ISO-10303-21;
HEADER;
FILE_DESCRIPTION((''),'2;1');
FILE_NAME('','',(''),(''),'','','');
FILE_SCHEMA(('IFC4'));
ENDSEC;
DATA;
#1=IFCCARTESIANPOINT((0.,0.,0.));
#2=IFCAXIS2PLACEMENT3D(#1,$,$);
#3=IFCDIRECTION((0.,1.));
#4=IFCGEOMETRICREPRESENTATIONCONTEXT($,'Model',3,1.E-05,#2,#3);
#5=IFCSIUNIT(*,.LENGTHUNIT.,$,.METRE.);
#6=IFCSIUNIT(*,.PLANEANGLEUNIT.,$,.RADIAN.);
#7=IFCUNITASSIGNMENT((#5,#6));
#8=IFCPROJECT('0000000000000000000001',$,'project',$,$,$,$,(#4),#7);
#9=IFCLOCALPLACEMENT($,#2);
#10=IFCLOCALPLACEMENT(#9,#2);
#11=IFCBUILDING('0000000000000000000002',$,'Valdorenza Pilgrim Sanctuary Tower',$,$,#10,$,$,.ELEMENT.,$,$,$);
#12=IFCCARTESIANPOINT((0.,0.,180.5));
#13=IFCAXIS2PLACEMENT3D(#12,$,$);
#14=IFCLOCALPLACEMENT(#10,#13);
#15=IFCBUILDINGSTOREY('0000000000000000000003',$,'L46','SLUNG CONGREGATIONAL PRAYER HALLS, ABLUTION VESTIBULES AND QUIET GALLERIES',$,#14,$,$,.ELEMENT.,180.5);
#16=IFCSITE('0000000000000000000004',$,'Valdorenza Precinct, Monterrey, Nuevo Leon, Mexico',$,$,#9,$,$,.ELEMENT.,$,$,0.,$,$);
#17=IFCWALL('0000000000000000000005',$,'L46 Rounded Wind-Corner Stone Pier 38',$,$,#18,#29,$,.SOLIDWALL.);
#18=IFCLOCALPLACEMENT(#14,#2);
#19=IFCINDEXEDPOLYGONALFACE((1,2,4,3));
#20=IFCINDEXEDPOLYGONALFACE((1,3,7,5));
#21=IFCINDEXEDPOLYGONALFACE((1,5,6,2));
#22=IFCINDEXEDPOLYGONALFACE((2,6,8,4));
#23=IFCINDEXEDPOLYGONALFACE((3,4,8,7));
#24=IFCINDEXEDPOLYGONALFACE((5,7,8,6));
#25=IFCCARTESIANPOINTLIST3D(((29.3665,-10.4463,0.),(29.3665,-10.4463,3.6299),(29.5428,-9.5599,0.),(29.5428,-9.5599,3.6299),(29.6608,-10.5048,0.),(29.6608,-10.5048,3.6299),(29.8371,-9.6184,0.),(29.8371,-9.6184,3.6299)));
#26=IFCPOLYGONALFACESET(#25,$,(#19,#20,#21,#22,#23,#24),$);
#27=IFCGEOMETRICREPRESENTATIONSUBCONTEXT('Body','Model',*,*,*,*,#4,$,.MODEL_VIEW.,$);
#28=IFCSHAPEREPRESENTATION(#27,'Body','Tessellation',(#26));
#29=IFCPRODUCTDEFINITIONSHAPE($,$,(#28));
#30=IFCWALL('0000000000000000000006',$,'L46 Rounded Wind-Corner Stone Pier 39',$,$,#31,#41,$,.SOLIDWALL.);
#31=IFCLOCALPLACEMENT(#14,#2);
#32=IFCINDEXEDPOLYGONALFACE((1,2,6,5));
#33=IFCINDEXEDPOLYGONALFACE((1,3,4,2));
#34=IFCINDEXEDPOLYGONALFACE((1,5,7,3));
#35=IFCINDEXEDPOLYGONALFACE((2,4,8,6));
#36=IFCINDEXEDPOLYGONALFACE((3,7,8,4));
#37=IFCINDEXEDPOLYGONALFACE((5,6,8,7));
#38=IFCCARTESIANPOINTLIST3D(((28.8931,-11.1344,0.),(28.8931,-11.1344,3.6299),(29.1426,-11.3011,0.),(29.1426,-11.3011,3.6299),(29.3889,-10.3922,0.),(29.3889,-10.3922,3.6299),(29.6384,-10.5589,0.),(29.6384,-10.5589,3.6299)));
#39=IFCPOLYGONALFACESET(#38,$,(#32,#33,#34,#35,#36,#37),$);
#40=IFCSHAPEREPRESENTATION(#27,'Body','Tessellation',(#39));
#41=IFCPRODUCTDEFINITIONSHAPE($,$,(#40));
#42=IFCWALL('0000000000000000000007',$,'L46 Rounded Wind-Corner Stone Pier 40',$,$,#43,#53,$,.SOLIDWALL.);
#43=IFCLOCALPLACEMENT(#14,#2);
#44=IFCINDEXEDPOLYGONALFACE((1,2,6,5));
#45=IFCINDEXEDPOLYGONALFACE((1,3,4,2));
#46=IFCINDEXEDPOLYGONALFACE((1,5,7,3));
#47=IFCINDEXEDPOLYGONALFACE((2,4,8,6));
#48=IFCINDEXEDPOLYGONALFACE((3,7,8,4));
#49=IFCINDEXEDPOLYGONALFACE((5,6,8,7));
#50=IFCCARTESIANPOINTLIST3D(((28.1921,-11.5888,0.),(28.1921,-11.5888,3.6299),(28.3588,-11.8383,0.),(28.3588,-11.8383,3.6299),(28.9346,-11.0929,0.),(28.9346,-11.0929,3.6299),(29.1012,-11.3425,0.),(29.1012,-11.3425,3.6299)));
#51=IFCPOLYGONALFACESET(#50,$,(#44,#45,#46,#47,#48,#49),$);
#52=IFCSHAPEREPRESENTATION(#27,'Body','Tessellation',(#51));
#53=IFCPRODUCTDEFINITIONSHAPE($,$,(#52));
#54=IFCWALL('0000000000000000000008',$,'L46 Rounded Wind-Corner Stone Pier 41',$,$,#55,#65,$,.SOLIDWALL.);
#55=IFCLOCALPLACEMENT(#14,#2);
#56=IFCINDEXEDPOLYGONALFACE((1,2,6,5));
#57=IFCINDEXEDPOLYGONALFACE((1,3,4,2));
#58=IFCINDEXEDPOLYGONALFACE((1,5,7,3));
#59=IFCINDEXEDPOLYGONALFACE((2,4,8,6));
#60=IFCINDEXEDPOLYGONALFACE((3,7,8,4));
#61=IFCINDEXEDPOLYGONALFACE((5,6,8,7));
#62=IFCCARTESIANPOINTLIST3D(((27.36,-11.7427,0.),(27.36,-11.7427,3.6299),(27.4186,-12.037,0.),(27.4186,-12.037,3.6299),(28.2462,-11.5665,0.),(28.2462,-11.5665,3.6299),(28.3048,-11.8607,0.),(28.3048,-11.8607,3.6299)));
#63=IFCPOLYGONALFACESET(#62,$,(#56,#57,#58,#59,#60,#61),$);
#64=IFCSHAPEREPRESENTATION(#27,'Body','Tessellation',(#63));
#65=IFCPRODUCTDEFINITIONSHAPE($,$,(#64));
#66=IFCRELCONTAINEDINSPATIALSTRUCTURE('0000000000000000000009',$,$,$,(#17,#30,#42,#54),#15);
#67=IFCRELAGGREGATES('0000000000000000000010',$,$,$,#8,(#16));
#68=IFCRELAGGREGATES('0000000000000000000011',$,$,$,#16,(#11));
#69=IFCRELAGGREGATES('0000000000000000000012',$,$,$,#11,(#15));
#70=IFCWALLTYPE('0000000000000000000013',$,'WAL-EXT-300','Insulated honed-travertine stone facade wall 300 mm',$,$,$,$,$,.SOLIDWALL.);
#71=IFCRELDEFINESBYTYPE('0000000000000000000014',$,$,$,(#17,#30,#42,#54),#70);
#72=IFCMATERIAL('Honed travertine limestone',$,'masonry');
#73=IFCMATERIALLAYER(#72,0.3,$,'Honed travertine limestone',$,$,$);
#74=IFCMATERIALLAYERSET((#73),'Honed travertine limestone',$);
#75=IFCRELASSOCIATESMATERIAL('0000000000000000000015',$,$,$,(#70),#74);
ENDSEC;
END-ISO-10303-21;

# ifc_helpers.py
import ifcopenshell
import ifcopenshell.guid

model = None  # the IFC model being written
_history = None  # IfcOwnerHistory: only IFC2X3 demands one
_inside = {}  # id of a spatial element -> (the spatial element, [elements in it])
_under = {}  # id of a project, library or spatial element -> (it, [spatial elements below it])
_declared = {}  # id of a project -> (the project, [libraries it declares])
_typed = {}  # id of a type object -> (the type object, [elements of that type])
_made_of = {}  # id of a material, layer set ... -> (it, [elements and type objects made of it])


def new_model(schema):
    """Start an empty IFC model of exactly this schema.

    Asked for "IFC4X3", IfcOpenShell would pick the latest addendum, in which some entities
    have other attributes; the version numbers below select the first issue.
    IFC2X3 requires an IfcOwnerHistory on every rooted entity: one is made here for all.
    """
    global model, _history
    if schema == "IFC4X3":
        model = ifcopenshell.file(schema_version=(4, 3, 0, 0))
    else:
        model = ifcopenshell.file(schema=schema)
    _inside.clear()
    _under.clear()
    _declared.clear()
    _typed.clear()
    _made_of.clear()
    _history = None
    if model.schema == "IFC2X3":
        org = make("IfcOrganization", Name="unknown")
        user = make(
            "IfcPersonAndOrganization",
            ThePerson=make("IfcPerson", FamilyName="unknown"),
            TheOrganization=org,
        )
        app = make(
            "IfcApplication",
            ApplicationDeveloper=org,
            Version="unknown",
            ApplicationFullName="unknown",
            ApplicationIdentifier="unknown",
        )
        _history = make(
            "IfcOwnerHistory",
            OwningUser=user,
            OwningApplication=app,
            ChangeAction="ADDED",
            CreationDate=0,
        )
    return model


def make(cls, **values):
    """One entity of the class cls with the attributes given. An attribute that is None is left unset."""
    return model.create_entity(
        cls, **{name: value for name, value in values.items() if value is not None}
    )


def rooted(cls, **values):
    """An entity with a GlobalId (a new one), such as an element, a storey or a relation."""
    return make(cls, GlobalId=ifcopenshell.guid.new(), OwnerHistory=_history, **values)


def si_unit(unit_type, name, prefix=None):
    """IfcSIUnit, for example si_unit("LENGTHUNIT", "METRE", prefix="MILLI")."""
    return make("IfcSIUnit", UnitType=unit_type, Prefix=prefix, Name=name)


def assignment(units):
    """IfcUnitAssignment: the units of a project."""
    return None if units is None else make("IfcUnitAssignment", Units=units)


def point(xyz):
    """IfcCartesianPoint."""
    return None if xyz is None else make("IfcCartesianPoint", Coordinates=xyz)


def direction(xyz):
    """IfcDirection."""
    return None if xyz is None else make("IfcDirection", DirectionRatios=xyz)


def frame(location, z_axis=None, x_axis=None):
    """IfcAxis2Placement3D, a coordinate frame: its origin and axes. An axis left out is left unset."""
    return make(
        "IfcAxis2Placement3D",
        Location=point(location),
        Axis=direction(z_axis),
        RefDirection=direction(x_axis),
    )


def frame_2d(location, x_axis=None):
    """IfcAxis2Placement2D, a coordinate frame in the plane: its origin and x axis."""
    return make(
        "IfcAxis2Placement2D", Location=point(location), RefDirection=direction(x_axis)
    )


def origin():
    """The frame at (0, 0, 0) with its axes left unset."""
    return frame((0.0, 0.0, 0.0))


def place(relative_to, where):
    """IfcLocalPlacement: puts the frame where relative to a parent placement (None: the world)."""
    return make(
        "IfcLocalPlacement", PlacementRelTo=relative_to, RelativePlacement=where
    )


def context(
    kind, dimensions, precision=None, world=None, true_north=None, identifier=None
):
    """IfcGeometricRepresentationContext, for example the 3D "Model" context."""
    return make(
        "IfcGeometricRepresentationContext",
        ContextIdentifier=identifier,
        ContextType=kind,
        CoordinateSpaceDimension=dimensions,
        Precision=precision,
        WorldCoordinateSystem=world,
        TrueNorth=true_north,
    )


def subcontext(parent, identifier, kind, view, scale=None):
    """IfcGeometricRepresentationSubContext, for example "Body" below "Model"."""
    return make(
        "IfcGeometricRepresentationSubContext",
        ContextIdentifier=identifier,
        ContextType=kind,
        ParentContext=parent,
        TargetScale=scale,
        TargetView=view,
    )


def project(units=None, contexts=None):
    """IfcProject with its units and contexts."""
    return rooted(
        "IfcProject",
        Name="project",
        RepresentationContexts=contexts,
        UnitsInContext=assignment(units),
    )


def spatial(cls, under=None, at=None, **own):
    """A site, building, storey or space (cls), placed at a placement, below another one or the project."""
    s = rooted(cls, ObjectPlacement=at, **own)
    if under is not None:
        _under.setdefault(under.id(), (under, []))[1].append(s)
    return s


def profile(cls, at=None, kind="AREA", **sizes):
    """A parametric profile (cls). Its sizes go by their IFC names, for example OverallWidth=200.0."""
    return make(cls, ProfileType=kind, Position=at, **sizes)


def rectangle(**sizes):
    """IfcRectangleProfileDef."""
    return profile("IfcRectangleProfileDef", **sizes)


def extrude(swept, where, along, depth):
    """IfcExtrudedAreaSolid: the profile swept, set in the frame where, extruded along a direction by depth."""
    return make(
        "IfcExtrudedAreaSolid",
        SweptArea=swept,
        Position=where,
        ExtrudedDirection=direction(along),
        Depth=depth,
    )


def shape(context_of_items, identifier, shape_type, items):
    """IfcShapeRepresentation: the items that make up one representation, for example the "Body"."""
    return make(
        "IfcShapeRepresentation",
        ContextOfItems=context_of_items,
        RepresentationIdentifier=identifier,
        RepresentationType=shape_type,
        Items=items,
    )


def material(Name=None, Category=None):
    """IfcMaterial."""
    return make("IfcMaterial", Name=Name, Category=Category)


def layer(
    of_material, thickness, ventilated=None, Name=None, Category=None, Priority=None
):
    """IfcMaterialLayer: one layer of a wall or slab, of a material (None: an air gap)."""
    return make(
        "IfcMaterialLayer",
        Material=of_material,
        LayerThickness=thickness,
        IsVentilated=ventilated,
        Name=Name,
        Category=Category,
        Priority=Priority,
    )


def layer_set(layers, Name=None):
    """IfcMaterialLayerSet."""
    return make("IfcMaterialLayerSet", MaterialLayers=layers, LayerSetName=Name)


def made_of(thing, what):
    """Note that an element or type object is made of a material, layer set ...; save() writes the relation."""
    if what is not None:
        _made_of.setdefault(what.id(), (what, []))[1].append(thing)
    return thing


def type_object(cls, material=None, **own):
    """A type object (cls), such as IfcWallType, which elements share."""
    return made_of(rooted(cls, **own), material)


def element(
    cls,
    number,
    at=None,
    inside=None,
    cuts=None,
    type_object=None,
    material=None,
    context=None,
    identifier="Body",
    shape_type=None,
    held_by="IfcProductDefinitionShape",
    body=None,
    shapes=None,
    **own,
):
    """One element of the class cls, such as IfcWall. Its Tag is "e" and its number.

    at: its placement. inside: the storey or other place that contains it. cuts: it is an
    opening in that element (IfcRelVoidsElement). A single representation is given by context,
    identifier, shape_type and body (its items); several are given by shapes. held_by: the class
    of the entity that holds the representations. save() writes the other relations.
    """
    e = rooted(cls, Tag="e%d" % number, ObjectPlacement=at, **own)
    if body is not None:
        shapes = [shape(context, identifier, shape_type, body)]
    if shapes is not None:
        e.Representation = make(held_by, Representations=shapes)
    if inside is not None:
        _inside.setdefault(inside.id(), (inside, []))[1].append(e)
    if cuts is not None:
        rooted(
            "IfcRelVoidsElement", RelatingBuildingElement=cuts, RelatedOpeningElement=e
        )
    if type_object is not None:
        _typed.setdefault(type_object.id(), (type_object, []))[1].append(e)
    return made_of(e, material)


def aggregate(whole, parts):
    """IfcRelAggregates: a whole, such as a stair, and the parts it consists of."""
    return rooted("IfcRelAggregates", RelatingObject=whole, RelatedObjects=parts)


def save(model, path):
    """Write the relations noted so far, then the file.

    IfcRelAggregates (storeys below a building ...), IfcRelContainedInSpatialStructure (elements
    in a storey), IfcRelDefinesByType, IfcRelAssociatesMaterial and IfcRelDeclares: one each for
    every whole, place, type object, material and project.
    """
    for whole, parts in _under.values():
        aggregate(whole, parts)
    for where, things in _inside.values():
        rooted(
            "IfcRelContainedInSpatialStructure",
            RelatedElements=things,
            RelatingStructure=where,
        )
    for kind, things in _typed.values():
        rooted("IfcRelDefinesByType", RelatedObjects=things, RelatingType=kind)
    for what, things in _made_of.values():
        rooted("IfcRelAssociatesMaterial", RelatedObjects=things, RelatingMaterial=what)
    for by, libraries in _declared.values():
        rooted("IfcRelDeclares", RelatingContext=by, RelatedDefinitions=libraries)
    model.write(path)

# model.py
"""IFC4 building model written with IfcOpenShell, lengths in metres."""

from ifc_helpers import new_model, si_unit, direction, frame, frame_2d, origin, place, context, subcontext, project, spatial, rectangle, extrude, material, layer, layer_set, type_object, element, save


model = new_model("IFC4")

# Units and contexts
model_context = context("Model", 3, precision=1e-05, world=origin(), true_north=direction((0.0, 1.0)))
body_context = subcontext(model_context, "Body", "Model", "MODEL_VIEW")
ifc_project = project(units=[si_unit("LENGTHUNIT", "METRE"), si_unit("PLANEANGLEUNIT", "RADIAN")], contexts=[model_context])

# Site, building, storey
site_placement = place(None, origin())
site = spatial("IfcSite", under=ifc_project, at=site_placement, Name="Valdorenza Precinct, Monterrey, Nuevo Leon, Mexico", CompositionType="ELEMENT", RefElevation=0.0)
building_placement = place(site_placement, origin())
building = spatial("IfcBuilding", under=site, at=building_placement, Name="Valdorenza Pilgrim Sanctuary Tower", CompositionType="ELEMENT")
storey_placement = place(building_placement, frame((0.0, 0.0, 180.5)))
storey = spatial("IfcBuildingStorey", under=building, at=storey_placement, Name="L46", Description="SLUNG CONGREGATIONAL PRAYER HALLS, ABLUTION VESTIBULES AND QUIET GALLERIES", CompositionType="ELEMENT", Elevation=180.5)

# Shared definitions
ifc_material_1 = material(Name="Honed travertine limestone", Category="masonry")

# Walls
ifc_layer_1 = layer(ifc_material_1, 0.3, Name="Honed travertine limestone")
ifc_layer_set_1 = layer_set([ifc_layer_1], Name="Honed travertine limestone")
wall_type_1 = type_object("IfcWallType", Name="WAL-EXT-300", Description="Insulated honed-travertine stone facade wall 300 mm", PredefinedType="SOLIDWALL", material=ifc_layer_set_1)
wall_1_placement = place(storey_placement, frame((29.6899, -9.5891, 0.0), z_axis=(0.0, 0.0, 1.0), x_axis=(-0.195025, -0.980798, 0.0)))
element("IfcWall", 1, at=wall_1_placement, inside=storey, type_object=wall_type_1, Name="L46 Rounded Wind-Corner Stone Pier 38", PredefinedType="SOLIDWALL", context=body_context, shape_type="SweptSolid", body=[
    extrude(rectangle(XDim=0.9038, YDim=0.3, at=frame_2d((0.4519, 0.0))), origin(), (0.0, 0.0, 1.0), 3.6299),
])
wall_2_placement = place(storey_placement, frame((29.5137, -10.4756, 0.0), z_axis=(0.0, 0.0, 1.0), x_axis=(-0.55552, -0.831503, 0.0)))
element("IfcWall", 2, at=wall_2_placement, inside=storey, type_object=wall_type_1, Name="L46 Rounded Wind-Corner Stone Pier 39", PredefinedType="SOLIDWALL", context=body_context, shape_type="SweptSolid", body=[
    extrude(rectangle(XDim=0.8926, YDim=0.3, at=frame_2d((0.4463, 0.0))), origin(), (0.0, 0.0, 1.0), 3.6299),
])
wall_3_placement = place(storey_placement, frame((29.0178, -11.2178, 0.0), z_axis=(0.0, 0.0, 1.0), x_axis=(-0.831587, -0.555394, 0.0)))
element("IfcWall", 3, at=wall_3_placement, inside=storey, type_object=wall_type_1, Name="L46 Rounded Wind-Corner Stone Pier 40", PredefinedType="SOLIDWALL", context=body_context, shape_type="SweptSolid", body=[
    extrude(rectangle(XDim=0.8928, YDim=0.3, at=frame_2d((0.4463, 0.0))), origin(), (0.0, 0.0, 1.0), 3.6299),
])
wall_4_placement = place(storey_placement, frame((28.2754, -11.7136, 0.0), z_axis=(0.0, 0.0, 1.0), x_axis=(-0.980788, -0.195077, 0.0)))
element("IfcWall", 4, at=wall_4_placement, inside=storey, type_object=wall_type_1, Name="L46 Rounded Wind-Corner Stone Pier 41", PredefinedType="SOLIDWALL", context=body_context, shape_type="SweptSolid", body=[
    extrude(rectangle(XDim=0.9036, YDim=0.3, at=frame_2d((0.4517, 0.0))), origin(), (0.0, 0.0, 1.0), 3.6299),
])

save(model, "model.ifc")
